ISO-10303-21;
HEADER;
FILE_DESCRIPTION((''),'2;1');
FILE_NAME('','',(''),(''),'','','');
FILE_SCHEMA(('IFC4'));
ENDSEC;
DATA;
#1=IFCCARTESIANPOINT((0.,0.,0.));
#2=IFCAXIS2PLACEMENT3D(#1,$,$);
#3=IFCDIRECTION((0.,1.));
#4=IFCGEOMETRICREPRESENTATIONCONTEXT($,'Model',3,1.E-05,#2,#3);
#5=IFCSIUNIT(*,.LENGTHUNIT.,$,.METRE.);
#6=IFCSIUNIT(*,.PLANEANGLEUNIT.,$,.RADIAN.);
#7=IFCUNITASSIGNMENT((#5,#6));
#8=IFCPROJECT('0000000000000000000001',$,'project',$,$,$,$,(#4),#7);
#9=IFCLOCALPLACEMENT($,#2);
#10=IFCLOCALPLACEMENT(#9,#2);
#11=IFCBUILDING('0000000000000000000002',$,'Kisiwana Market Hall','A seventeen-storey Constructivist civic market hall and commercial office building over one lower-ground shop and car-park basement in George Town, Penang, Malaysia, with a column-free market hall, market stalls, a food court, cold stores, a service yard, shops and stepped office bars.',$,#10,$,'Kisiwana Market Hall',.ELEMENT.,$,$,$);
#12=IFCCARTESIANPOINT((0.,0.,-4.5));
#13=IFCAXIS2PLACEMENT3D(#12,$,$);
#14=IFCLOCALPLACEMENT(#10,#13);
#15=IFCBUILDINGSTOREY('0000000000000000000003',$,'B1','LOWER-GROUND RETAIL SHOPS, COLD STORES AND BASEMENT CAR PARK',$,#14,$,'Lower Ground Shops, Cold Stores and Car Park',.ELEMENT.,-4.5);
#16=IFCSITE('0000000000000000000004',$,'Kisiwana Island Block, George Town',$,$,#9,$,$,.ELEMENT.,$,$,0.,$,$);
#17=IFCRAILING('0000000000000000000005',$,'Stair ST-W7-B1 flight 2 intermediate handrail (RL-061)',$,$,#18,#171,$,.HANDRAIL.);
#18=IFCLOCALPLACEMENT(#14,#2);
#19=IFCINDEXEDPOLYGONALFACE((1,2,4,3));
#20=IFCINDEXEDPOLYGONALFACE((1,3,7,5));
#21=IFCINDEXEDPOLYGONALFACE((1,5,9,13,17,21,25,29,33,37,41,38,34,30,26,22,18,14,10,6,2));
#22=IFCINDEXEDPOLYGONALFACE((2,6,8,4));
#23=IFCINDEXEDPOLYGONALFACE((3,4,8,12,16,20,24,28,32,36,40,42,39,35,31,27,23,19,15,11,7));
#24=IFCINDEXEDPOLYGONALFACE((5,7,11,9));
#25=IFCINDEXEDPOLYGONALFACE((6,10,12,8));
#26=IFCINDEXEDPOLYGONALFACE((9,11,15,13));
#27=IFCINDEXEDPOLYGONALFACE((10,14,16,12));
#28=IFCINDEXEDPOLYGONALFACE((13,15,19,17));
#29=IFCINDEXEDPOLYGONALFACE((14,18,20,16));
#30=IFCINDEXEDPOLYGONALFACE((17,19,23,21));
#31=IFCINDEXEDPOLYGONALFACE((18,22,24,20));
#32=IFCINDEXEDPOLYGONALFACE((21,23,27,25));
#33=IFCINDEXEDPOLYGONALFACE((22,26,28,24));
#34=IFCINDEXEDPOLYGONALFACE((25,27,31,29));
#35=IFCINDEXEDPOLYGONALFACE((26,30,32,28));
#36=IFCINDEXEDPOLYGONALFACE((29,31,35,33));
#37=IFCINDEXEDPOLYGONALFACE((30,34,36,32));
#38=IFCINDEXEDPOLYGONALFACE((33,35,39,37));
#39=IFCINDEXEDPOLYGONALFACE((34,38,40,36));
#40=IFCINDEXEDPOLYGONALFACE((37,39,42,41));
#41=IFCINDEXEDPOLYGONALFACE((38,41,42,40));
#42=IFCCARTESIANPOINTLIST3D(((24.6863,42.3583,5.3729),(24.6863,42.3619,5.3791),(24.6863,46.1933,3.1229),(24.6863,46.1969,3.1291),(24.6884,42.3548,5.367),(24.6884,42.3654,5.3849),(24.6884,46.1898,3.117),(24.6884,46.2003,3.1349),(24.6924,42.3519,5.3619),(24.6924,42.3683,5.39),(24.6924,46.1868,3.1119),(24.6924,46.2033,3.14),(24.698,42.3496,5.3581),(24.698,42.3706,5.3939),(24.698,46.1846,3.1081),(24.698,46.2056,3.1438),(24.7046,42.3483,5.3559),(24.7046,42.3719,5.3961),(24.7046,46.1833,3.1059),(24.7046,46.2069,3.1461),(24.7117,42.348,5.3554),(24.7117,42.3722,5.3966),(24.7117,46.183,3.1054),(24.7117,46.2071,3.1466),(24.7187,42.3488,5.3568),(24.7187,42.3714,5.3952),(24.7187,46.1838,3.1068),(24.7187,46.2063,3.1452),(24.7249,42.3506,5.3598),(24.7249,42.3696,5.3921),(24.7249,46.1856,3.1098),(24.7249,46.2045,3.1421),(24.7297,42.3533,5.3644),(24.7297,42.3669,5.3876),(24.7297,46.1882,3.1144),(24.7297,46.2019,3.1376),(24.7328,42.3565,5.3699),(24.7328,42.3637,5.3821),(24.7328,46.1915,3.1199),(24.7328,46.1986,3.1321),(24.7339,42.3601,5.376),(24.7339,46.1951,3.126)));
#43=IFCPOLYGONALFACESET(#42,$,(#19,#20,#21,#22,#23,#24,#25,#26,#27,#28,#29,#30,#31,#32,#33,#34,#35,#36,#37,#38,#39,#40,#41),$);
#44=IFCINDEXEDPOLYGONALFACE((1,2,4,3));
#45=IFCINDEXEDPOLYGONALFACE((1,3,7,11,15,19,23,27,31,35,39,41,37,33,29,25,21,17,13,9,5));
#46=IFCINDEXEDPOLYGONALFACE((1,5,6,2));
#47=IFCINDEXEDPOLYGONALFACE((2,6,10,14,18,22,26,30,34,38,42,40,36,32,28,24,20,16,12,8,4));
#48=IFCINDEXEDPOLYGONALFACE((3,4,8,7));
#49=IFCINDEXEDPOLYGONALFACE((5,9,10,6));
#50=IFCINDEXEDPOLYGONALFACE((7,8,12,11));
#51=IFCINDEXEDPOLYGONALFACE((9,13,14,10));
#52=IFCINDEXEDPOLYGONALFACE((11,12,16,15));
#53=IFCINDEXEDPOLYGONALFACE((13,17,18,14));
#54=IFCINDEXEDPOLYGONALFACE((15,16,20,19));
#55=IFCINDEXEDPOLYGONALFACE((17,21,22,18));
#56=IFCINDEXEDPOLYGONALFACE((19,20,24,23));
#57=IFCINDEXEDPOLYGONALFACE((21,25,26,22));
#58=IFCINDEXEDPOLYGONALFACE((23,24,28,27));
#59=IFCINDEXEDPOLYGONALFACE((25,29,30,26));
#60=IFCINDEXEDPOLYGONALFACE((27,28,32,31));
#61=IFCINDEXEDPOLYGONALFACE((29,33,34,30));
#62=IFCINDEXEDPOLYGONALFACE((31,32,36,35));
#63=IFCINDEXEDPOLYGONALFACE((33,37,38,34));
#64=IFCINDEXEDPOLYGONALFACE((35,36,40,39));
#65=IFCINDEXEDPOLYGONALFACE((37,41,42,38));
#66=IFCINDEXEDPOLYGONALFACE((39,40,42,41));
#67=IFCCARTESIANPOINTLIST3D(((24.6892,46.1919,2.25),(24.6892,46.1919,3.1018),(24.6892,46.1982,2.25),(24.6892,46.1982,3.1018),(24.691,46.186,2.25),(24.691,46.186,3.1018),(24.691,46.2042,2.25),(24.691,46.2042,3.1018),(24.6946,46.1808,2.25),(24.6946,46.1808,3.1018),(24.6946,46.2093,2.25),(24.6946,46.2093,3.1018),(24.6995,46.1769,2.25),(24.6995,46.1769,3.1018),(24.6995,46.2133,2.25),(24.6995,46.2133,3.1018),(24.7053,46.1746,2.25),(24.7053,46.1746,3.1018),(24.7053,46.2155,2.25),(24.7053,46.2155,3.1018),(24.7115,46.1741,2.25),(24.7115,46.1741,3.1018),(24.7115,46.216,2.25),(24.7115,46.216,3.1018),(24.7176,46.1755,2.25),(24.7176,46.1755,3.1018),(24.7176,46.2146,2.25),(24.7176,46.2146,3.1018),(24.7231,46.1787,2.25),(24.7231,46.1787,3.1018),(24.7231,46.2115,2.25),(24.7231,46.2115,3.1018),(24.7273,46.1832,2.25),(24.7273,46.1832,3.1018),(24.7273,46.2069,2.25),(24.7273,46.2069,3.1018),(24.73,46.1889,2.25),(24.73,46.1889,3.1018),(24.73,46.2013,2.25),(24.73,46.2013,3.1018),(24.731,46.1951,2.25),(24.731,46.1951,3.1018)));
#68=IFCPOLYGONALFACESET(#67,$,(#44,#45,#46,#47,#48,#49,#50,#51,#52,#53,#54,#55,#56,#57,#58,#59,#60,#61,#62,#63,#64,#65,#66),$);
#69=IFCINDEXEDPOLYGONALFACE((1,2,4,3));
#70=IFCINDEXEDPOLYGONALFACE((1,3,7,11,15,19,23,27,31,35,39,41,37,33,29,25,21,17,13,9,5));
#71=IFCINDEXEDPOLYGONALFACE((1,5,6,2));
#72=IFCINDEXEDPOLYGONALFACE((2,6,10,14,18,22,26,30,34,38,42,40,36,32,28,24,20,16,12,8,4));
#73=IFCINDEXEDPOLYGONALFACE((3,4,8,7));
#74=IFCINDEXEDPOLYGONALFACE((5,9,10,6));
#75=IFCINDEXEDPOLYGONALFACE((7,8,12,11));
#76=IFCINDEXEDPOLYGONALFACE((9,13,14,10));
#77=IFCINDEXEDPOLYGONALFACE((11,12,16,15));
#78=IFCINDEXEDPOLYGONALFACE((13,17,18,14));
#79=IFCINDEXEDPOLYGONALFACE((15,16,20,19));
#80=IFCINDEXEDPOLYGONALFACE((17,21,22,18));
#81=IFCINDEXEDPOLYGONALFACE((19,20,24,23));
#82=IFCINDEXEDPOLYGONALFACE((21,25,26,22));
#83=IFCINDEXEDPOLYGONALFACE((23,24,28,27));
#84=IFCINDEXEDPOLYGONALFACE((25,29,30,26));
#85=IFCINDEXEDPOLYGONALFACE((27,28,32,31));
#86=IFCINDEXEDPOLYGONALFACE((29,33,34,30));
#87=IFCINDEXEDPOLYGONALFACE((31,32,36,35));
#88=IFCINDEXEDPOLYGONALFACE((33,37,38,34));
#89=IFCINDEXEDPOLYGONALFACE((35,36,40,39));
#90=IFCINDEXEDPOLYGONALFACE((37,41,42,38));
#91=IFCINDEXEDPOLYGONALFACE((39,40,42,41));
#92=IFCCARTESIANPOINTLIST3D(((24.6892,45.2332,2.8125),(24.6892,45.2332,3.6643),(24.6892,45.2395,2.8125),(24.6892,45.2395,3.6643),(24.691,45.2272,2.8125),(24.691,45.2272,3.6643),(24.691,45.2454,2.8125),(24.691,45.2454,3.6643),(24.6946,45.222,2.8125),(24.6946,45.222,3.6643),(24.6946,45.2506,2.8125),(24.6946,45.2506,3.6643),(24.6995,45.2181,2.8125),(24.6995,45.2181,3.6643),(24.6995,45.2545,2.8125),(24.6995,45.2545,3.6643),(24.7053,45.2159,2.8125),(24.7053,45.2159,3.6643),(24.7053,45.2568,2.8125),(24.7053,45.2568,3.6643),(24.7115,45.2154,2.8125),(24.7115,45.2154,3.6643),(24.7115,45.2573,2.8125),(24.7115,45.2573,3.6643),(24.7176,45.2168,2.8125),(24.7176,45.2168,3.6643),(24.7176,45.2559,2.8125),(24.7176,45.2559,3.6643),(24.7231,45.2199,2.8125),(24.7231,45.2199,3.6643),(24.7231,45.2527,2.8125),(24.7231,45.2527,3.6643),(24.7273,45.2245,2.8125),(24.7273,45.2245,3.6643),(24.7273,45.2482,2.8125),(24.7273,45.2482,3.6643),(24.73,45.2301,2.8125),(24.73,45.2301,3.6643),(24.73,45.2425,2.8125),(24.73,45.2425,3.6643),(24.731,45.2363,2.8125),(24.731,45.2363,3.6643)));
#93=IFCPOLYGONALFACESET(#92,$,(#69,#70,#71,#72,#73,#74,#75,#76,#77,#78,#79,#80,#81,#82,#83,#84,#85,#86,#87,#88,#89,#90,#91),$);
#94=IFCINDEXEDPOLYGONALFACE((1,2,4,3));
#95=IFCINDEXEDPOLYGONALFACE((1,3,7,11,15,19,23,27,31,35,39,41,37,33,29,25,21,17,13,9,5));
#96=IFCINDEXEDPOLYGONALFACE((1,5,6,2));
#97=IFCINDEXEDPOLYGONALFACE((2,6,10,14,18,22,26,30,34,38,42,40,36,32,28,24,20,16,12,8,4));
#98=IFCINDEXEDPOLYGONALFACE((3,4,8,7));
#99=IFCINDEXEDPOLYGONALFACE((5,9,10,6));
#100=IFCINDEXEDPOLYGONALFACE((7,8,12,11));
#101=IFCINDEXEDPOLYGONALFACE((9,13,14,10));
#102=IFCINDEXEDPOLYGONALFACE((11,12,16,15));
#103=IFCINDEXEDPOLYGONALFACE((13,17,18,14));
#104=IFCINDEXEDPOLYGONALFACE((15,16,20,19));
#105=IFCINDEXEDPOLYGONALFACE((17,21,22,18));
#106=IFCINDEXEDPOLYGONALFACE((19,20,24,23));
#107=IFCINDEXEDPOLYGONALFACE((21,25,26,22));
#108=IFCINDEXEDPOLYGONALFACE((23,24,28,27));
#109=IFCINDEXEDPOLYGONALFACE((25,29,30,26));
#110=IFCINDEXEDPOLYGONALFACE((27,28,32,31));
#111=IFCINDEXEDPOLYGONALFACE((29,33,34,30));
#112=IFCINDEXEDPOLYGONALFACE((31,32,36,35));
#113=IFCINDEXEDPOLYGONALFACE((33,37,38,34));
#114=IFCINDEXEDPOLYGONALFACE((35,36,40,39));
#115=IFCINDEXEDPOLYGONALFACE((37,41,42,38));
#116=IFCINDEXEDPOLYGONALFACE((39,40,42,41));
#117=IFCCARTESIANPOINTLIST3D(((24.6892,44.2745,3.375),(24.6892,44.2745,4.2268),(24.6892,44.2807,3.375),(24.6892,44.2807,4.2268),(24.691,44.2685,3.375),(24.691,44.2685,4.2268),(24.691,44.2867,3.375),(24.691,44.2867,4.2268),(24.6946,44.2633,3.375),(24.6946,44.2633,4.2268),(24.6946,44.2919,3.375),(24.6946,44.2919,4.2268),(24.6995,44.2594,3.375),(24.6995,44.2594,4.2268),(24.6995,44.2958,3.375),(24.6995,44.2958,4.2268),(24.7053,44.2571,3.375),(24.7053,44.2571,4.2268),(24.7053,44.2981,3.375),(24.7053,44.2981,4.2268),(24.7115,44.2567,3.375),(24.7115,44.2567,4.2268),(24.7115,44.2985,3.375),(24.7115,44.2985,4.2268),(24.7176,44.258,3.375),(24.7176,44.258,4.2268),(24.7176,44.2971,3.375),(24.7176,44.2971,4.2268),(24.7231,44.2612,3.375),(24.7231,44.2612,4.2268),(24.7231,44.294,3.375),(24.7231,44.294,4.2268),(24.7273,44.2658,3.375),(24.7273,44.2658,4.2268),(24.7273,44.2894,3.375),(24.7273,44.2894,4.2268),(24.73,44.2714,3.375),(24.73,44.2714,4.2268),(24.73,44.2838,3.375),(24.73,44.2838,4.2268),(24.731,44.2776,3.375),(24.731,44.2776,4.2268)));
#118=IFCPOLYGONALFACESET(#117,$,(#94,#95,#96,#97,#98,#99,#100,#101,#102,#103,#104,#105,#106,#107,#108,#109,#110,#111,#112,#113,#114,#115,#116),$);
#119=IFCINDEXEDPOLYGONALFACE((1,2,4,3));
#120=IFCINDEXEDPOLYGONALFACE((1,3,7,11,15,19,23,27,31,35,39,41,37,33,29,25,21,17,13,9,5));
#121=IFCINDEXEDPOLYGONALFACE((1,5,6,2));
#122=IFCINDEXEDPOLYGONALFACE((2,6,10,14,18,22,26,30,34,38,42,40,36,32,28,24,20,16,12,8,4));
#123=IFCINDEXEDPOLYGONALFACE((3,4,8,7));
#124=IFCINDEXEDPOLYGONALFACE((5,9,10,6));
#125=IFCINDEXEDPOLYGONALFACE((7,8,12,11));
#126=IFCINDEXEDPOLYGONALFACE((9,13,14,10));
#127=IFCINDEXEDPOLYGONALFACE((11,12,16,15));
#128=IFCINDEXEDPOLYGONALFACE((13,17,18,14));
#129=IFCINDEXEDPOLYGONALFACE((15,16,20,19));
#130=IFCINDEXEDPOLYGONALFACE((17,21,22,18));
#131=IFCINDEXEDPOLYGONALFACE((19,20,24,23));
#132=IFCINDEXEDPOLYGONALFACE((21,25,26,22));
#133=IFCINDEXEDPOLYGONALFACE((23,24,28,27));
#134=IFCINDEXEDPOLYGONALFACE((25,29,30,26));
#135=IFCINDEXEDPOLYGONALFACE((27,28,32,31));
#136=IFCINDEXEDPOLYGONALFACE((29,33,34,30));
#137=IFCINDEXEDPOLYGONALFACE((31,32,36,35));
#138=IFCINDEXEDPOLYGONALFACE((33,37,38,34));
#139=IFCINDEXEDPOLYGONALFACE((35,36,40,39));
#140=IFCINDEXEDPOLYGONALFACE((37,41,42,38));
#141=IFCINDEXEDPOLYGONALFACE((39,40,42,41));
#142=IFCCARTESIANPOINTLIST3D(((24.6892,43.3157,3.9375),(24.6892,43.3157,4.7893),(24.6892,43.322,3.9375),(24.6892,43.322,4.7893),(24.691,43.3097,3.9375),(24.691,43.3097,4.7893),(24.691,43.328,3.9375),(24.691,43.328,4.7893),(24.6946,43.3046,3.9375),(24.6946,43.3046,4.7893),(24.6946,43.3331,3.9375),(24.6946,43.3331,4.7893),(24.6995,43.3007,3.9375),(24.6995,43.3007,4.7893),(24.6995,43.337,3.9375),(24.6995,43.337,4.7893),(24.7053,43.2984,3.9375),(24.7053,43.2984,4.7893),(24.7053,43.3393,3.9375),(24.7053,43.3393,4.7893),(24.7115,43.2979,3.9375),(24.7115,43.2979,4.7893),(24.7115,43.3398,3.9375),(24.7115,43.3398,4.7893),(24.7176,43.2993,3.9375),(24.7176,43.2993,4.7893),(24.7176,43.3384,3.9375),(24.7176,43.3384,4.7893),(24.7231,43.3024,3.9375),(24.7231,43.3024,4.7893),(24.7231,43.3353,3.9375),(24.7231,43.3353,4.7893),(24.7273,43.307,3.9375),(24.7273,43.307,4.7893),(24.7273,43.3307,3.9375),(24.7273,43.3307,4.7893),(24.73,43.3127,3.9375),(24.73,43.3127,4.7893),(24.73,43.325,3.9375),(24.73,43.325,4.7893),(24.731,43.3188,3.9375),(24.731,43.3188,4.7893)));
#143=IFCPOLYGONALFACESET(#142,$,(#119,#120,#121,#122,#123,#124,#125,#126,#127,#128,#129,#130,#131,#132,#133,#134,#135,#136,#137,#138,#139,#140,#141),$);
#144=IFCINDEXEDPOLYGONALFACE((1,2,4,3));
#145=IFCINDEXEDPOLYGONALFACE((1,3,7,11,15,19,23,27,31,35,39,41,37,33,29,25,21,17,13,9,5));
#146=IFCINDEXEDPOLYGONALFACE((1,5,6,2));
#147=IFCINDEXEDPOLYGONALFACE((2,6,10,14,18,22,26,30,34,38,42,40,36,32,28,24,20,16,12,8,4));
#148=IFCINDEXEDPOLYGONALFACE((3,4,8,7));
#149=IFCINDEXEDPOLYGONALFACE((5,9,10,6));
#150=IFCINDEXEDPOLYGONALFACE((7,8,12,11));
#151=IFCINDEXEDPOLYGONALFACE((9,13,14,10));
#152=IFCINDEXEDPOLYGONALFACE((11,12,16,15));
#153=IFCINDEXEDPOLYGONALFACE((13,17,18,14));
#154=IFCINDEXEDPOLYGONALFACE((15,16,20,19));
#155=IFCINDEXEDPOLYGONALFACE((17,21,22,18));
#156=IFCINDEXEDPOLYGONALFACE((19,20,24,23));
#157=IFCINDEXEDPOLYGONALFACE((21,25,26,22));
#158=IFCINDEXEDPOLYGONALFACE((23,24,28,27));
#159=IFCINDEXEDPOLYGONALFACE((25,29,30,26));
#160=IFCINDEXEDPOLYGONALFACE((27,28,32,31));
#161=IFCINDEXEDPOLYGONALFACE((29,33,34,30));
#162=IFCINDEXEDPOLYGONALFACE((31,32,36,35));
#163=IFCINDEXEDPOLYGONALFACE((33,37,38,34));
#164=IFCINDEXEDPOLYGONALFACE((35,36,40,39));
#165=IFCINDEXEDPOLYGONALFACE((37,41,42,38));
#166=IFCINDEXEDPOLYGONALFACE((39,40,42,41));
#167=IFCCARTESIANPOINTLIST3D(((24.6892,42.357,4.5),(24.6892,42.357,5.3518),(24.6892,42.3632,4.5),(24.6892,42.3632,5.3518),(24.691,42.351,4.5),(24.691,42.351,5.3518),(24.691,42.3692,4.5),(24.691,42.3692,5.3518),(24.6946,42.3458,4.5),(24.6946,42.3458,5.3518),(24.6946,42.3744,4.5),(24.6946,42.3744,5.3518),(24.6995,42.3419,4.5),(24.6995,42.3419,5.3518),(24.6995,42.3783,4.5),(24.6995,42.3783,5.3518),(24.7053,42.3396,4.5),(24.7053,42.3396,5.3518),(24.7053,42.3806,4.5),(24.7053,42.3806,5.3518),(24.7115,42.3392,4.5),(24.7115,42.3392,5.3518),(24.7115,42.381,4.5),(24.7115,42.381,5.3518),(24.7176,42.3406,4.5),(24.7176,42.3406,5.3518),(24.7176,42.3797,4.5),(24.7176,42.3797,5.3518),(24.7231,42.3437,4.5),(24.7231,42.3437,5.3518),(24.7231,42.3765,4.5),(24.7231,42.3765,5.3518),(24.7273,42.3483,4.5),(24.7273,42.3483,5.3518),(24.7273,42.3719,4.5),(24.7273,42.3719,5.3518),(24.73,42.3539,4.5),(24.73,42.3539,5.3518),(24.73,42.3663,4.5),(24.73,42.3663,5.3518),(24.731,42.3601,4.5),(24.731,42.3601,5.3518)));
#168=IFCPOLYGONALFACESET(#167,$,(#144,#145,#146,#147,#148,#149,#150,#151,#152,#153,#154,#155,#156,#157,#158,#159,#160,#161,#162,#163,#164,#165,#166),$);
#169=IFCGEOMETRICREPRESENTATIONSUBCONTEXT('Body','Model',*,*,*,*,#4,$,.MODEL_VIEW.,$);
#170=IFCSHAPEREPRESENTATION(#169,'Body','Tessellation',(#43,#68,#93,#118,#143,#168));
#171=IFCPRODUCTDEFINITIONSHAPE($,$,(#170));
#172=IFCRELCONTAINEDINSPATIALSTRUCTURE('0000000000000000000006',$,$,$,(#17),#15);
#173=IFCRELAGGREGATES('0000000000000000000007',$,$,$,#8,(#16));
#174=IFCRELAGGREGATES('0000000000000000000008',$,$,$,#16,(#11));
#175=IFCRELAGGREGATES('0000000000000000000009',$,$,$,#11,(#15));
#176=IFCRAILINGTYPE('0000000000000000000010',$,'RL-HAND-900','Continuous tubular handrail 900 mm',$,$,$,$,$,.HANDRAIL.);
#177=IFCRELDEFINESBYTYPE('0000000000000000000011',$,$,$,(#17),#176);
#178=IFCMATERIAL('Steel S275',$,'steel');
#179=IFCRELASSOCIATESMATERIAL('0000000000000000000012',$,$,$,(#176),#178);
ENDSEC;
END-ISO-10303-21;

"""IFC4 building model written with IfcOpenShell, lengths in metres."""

from ifc_helpers import new_model, si_unit, direction, frame, origin, origin_2d, place, context, subcontext, project, spatial, circle, extrude, material, type_object, element, save


model = new_model("IFC4")

# Units and contexts
model_context = context("Model", 3, precision=1e-05, world=origin(), true_north=direction((0.0, 1.0)))
body_context = subcontext(model_context, "Body", "Model", "MODEL_VIEW")
ifc_project = project(units=[si_unit("LENGTHUNIT", "METRE"), si_unit("PLANEANGLEUNIT", "RADIAN")], contexts=[model_context])

# Site, building, storey
site_placement = place(None, origin())
site = spatial("IfcSite", under=ifc_project, at=site_placement, Name="Kisiwana Island Block, George Town", CompositionType="ELEMENT", RefElevation=0.0)
building_placement = place(site_placement, origin())
building = spatial("IfcBuilding", under=site, at=building_placement, Name="Kisiwana Market Hall", Description="A seventeen-storey Constructivist civic market hall and commercial office building over one lower-ground shop and car-park basement in George Town, Penang, Malaysia, with a column-free market hall, market stalls, a food court, cold stores, a service yard, shops and stepped office bars.", LongName="Kisiwana Market Hall", CompositionType="ELEMENT")
storey_placement = place(building_placement, frame((0.0, 0.0, -4.5)))
storey = spatial("IfcBuildingStorey", under=building, at=storey_placement, Name="B1", Description="LOWER-GROUND RETAIL SHOPS, COLD STORES AND BASEMENT CAR PARK", LongName="Lower Ground Shops, Cold Stores and Car Park", CompositionType="ELEMENT", Elevation=-4.5)

# Railing
ifc_material_1 = material(Name="Steel S275", Category="steel")
railing_type_1 = type_object("IfcRailingType", Name="RL-HAND-900", Description="Continuous tubular handrail 900 mm", PredefinedType="HANDRAIL", material=ifc_material_1)
for number, where, name in (
    (1, (24.71, 46.1951, 2.25), "Stair ST-W7-B1 flight 2 intermediate handrail (RL-061)"),
):
    element("IfcRailing", number, at=place(storey_placement, frame(where)), inside=storey, type_object=railing_type_1, Name=name, PredefinedType="HANDRAIL", context=body_context, shape_type="SweptSolid", body=[
        extrude(circle(Radius=0.0239, at=origin_2d()), frame((0.0, 0.0, 0.876), z_axis=(0.0, -0.86251, 0.506041), x_axis=(1.0, 0.0, 0.0)), (0.0, 0.0, 1.0), 4.4463),
        extrude(circle(Radius=0.021, at=origin_2d()), origin(), (0.0, 0.0, 1.0), 0.8518),
        extrude(circle(Radius=0.021, at=origin_2d()), frame((0.0, -0.9587, 0.5625)), (0.0, 0.0, 1.0), 0.8518),
        extrude(circle(Radius=0.021, at=origin_2d()), frame((0.0, -1.9175, 1.125)), (0.0, 0.0, 1.0), 0.8518),
        extrude(circle(Radius=0.021, at=origin_2d()), frame((0.0, -2.8762, 1.6875)), (0.0, 0.0, 1.0), 0.8518),
        extrude(circle(Radius=0.021, at=origin_2d()), frame((0.0, -3.835, 2.25)), (0.0, 0.0, 1.0), 0.8518),
    ])

save(model, "model.ifc")
